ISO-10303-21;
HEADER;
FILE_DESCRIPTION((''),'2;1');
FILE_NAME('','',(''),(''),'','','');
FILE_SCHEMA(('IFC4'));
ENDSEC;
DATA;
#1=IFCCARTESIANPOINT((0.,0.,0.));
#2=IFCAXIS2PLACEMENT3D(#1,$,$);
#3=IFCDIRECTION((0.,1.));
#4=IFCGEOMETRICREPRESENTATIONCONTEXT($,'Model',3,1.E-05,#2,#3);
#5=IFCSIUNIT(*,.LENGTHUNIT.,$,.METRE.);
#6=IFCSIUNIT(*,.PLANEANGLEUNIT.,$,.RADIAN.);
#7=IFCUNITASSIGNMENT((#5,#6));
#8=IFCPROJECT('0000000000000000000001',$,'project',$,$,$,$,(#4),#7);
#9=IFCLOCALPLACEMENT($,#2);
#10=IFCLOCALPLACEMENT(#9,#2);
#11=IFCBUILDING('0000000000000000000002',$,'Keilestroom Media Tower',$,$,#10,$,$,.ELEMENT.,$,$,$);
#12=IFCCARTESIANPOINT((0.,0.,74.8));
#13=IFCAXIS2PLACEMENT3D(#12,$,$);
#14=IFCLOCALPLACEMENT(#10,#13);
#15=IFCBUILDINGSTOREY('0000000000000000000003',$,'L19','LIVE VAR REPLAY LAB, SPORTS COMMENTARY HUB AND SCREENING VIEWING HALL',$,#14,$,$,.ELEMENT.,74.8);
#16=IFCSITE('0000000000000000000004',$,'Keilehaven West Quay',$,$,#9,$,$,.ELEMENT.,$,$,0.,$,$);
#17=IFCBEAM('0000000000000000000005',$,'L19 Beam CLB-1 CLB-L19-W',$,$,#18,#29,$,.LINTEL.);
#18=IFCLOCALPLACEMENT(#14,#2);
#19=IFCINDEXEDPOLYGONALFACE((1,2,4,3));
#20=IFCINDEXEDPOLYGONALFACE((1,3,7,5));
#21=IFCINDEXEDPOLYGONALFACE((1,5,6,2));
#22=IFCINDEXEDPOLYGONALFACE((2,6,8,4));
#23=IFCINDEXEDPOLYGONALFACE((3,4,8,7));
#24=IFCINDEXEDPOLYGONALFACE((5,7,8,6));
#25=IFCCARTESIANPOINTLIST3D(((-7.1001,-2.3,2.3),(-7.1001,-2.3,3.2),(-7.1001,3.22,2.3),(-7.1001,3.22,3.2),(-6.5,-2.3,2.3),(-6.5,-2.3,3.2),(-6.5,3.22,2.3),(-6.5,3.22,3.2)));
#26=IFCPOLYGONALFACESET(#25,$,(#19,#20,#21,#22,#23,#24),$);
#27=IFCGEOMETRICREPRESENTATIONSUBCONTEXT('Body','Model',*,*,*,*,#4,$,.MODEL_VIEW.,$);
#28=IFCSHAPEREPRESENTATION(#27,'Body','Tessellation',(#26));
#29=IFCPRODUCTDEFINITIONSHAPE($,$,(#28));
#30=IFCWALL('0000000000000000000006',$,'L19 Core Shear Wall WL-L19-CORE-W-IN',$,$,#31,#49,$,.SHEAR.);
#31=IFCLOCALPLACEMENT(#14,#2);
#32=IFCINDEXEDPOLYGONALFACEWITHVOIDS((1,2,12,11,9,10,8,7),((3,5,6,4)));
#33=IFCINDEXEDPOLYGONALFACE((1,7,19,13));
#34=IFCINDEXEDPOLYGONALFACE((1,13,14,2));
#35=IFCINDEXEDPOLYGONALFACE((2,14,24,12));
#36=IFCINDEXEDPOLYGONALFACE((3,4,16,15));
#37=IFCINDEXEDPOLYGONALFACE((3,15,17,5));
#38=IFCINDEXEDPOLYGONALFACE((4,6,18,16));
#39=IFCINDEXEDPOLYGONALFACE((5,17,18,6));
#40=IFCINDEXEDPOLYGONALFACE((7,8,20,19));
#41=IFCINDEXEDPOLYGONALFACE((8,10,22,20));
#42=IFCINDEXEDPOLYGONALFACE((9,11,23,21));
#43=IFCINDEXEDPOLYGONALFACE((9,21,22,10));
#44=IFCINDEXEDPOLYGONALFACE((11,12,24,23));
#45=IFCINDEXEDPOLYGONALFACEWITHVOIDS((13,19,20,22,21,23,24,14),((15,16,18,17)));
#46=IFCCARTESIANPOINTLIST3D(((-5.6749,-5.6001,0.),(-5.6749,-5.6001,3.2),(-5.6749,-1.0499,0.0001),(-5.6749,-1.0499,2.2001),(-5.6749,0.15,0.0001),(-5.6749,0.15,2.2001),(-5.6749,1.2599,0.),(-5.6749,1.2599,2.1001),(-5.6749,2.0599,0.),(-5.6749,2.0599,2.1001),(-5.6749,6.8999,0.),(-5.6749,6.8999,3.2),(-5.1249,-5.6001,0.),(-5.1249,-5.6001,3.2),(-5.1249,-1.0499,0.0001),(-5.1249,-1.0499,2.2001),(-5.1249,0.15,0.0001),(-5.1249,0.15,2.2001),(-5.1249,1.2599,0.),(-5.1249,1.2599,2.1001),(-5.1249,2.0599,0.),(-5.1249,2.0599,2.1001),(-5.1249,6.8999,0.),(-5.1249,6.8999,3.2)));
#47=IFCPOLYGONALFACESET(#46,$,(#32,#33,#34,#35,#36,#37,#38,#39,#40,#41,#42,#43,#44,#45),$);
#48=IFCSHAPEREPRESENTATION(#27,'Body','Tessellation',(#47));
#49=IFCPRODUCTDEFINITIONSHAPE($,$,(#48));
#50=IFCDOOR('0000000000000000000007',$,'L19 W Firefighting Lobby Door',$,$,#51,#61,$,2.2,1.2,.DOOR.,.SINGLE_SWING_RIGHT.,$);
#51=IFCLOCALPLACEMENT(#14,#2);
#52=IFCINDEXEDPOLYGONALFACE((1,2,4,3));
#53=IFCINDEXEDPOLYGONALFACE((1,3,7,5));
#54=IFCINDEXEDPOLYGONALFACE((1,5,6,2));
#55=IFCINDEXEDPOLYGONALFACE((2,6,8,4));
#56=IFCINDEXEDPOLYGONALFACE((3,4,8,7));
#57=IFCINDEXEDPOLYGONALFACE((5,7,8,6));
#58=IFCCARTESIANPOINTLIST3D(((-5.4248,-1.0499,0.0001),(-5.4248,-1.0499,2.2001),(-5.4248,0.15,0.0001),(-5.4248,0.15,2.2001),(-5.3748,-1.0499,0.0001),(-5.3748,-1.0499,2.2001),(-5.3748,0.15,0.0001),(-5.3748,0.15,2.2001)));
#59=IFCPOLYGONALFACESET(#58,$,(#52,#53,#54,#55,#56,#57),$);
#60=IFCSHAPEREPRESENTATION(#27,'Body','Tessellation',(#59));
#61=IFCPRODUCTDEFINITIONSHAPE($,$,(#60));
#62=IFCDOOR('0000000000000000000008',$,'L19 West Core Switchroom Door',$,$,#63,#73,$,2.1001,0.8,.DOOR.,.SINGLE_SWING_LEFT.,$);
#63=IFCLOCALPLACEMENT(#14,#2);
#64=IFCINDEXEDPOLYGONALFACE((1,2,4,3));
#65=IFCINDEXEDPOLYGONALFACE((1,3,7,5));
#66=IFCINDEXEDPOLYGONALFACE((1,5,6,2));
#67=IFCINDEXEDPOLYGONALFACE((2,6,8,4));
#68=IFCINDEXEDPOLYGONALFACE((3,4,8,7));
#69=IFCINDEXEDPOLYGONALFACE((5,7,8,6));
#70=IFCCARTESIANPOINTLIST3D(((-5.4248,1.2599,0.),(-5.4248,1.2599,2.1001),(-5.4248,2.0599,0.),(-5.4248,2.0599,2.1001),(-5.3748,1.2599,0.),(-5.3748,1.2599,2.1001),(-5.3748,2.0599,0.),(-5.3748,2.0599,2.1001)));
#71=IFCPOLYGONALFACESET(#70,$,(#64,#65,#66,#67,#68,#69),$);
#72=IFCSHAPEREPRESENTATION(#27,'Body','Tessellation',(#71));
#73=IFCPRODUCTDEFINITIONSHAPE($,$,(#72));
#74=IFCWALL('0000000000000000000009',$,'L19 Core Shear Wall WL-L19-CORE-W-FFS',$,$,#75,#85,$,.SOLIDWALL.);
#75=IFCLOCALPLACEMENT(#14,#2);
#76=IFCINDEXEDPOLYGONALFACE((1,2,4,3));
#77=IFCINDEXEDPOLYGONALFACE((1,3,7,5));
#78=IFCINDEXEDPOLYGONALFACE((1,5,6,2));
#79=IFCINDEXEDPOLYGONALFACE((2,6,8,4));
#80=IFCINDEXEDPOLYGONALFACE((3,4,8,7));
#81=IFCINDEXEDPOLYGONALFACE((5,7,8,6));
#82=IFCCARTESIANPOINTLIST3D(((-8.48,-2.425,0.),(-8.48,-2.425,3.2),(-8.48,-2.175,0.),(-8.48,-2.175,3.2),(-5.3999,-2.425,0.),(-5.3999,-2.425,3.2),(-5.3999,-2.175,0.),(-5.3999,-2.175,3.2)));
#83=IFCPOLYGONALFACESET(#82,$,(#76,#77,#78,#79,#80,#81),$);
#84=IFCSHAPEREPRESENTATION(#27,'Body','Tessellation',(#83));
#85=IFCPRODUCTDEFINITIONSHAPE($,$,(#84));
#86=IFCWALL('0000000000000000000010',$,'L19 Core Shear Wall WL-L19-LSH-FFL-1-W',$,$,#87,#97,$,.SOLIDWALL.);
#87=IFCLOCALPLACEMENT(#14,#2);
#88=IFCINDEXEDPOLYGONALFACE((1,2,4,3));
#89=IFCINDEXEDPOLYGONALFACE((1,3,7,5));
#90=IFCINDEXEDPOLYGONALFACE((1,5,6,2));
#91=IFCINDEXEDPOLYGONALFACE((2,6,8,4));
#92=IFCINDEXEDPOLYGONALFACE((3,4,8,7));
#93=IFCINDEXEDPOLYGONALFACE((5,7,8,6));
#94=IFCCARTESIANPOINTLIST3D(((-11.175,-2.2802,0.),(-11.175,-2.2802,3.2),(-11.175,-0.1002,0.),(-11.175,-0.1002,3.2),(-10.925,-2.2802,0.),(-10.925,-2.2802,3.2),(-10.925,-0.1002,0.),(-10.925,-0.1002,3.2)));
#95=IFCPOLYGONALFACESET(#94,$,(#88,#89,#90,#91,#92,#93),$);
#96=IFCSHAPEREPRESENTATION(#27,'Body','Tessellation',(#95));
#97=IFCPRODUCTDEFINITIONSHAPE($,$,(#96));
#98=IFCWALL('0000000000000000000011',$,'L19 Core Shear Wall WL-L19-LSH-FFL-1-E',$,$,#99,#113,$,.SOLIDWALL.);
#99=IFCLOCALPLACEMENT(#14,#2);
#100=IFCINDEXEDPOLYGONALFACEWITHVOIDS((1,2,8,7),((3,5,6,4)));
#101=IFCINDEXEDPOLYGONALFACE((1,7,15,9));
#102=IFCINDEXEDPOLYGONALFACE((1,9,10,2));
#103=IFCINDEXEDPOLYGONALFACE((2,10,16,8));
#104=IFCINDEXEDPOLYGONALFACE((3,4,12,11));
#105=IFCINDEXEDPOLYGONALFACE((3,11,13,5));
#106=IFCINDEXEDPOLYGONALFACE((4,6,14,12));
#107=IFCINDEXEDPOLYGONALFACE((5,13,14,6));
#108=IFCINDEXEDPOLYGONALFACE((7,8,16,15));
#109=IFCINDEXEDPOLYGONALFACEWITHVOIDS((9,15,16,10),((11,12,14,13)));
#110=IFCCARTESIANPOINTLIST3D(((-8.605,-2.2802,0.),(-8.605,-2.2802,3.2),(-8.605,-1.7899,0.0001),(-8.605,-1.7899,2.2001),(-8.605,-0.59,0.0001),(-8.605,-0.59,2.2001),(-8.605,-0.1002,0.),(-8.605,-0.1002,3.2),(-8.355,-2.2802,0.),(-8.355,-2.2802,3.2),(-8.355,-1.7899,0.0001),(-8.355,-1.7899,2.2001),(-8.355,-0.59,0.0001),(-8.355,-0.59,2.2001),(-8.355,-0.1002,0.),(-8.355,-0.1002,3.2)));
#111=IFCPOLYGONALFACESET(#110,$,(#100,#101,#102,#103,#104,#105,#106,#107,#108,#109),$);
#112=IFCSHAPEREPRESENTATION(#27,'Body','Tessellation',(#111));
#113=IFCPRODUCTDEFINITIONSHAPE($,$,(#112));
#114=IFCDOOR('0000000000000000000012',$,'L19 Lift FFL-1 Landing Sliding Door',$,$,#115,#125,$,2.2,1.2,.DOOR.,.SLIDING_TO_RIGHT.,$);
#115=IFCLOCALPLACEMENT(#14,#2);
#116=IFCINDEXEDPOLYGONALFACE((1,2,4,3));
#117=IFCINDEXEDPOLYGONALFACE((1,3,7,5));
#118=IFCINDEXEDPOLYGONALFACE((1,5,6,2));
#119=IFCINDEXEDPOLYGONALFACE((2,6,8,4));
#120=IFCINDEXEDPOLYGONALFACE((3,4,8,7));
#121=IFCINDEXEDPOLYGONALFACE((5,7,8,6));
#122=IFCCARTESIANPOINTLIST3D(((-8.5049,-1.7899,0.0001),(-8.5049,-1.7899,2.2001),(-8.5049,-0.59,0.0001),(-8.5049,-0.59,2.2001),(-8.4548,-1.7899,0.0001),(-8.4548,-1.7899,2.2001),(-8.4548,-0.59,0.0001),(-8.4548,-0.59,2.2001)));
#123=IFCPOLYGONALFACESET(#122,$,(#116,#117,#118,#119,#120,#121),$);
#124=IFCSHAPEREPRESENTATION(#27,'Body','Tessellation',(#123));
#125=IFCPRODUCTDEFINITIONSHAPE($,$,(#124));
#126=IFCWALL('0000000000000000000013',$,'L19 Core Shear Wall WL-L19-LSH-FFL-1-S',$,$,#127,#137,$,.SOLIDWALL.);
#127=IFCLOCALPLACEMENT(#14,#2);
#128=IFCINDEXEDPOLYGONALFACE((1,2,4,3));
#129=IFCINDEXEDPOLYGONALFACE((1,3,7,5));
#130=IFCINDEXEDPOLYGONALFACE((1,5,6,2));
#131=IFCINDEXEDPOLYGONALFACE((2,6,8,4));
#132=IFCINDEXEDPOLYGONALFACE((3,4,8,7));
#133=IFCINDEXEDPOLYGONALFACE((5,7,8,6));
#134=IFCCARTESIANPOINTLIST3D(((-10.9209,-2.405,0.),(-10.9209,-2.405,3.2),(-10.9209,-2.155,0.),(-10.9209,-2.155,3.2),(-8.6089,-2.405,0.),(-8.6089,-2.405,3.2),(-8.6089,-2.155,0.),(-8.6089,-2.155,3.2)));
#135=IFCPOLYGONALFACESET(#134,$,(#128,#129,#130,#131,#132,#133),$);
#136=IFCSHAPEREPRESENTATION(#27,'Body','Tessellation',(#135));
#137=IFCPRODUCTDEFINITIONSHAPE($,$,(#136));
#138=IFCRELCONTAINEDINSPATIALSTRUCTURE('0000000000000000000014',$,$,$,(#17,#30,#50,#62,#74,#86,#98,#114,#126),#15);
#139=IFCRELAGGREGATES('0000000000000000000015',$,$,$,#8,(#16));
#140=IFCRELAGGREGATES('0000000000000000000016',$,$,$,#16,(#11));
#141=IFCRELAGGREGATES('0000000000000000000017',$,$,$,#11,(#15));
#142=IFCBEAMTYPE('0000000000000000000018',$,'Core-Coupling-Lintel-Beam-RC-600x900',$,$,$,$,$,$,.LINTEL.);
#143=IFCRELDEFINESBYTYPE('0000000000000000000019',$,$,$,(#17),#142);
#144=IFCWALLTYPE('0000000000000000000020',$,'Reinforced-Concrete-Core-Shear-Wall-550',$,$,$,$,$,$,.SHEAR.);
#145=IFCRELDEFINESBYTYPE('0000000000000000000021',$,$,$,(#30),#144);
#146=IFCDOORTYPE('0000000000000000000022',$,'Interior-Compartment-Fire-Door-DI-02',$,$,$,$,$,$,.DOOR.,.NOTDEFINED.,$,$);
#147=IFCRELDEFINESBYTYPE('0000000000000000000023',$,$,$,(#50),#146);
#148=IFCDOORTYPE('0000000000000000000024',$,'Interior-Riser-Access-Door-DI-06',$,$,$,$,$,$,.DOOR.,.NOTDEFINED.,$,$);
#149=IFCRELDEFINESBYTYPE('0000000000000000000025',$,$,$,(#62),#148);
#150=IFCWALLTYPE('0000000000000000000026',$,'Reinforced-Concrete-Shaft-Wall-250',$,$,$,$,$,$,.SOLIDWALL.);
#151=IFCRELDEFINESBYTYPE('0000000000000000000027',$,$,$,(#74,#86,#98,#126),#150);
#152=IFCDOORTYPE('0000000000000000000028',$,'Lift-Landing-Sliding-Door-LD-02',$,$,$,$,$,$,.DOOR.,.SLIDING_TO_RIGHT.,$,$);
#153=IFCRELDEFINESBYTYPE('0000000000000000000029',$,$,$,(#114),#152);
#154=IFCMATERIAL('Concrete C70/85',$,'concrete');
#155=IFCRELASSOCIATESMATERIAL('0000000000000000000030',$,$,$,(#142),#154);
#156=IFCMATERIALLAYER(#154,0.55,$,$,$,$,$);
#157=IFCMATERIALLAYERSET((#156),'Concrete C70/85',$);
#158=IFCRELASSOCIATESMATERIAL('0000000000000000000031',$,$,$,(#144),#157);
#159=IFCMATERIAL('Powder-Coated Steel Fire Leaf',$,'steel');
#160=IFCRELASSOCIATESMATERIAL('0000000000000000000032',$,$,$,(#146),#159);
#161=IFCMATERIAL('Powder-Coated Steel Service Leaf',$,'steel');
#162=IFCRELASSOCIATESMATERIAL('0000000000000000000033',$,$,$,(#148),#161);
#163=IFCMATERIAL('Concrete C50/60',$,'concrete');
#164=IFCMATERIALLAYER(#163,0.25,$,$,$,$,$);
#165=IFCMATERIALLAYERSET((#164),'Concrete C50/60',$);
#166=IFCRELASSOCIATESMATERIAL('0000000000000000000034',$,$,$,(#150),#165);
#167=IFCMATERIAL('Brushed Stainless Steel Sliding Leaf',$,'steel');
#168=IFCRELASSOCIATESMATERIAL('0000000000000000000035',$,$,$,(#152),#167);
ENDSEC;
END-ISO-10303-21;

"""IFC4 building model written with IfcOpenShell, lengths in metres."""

from ifc_helpers import new_model, si_unit, direction, frame, frame_2d, origin, origin_2d, place, context, subcontext, project, spatial, rectangle, extrude, source, transform, mapped, material, layer, layer_set, material_profile, profile_set, type_object, element, fill, save


model = new_model("IFC4")

# Units and contexts
model_context = context("Model", 3, precision=1e-05, world=origin(), true_north=direction((0.0, 1.0)))
body_context = subcontext(model_context, "Body", "Model", "MODEL_VIEW")
ifc_project = project(units=[si_unit("LENGTHUNIT", "METRE"), si_unit("PLANEANGLEUNIT", "RADIAN")], contexts=[model_context])

# Site, building, storey
site_placement = place(None, origin())
site = spatial("IfcSite", under=ifc_project, at=site_placement, Name="Keilehaven West Quay", CompositionType="ELEMENT", RefElevation=0.0)
building_placement = place(site_placement, origin())
building = spatial("IfcBuilding", under=site, at=building_placement, Name="Keilestroom Media Tower", CompositionType="ELEMENT")
storey_placement = place(building_placement, frame((0.0, 0.0, 74.8)))
storey = spatial("IfcBuildingStorey", under=building, at=storey_placement, Name="L19", Description="LIVE VAR REPLAY LAB, SPORTS COMMENTARY HUB AND SCREENING VIEWING HALL", CompositionType="ELEMENT", Elevation=74.8)

# Beam
ifc_material_1 = material(Name="Concrete C70/85", Category="concrete")
ifc_material_profile = material_profile(ifc_material_1, rectangle(XDim=0.6001, YDim=0.8999, at=origin_2d()), Name="RC 600x900")
ifc_profile_set = profile_set([ifc_material_profile], Name="Concrete C70/85")
beam_type = type_object("IfcBeamType", Name="Core-Coupling-Lintel-Beam-RC-600x900", PredefinedType="LINTEL", material=ifc_profile_set)
shared_shape_1 = source(origin(), body_context, "Body", "SweptSolid", [
    extrude(rectangle(XDim=0.6001, YDim=0.8999, at=origin_2d()), origin(), (0.0, 0.0, 1.0), 5.52),
])
beam_placement = place(storey_placement, frame((-6.8, -2.3, 2.75), z_axis=(0.0, 1.0, 0.0), x_axis=(-1.0, 0.0, 0.0)))
element("IfcBeam", 1, at=beam_placement, inside=storey, type_object=beam_type, Name="L19 Beam CLB-1 CLB-L19-W", PredefinedType="LINTEL", context=body_context, shape_type="MappedRepresentation", body=[
    mapped(shared_shape_1, transform((0.0, 0.0, 0.0), x_axis=(1.0, 0.0, 0.0), y_axis=(0.0, 1.0, 0.0), z_axis=(0.0, 0.0, 1.0), scale=1.0)),
])

# Wall, openings, doors
ifc_layer_1 = layer(ifc_material_1, 0.55)
ifc_layer_set_1 = layer_set([ifc_layer_1], Name="Concrete C70/85")
wall_type_1 = type_object("IfcWallType", Name="Reinforced-Concrete-Core-Shear-Wall-550", PredefinedType="SHEAR", material=ifc_layer_set_1)
wall_1_placement = place(storey_placement, frame((-5.3999, -5.6001, 0.0), z_axis=(0.0, 0.0, 1.0), x_axis=(0.0, 1.0, 0.0)))
wall_1 = element("IfcWall", 2, at=wall_1_placement, inside=storey, type_object=wall_type_1, Name="L19 Core Shear Wall WL-L19-CORE-W-IN", PredefinedType="SHEAR", context=body_context, shape_type="SweptSolid", body=[
    extrude(rectangle(XDim=12.5, YDim=0.55, at=frame_2d((6.25, 0.0))), origin(), (0.0, 0.0, 1.0), 3.2),
])
opening_1_placement = place(wall_1_placement, frame((4.55, 0.0, 0.0)))
opening_1 = element("IfcOpeningElement", 3, at=opening_1_placement, cuts=wall_1, PredefinedType="OPENING", context=body_context, shape_type="SweptSolid", body=[
    extrude(rectangle(XDim=1.2, YDim=2.2, at=frame_2d((0.6001, 1.1001))), frame((0.0, 0.2852, 0.0), z_axis=(0.0, -1.0, 0.0), x_axis=(1.0, 0.0, 0.0)), (0.0, 0.0, 1.0), 0.5701),
])
opening_2_placement = place(wall_1_placement, frame((6.8601, 0.0, 0.0)))
opening_2 = element("IfcOpeningElement", 4, at=opening_2_placement, cuts=wall_1, PredefinedType="OPENING", context=body_context, shape_type="SweptSolid", body=[
    extrude(rectangle(XDim=0.8, YDim=2.1001, at=frame_2d((0.3999, 1.05))), frame((0.0, 0.2852, 0.0), z_axis=(0.0, -1.0, 0.0), x_axis=(1.0, 0.0, 0.0)), (0.0, 0.0, 1.0), 0.5701),
])
ifc_material_2 = material(Name="Powder-Coated Steel Fire Leaf", Category="steel")
door_type_1 = type_object("IfcDoorType", Name="Interior-Compartment-Fire-Door-DI-02", OperationType="NOTDEFINED", PredefinedType="DOOR", material=ifc_material_2)
shared_shape_2 = source(origin(), body_context, "Body", "SweptSolid", [
    extrude(rectangle(XDim=1.2, YDim=2.2, at=frame_2d((0.6001, 1.1001))), frame((0.0, 0.0249, 0.0), z_axis=(0.0, -1.0, 0.0), x_axis=(1.0, 0.0, 0.0)), (0.0, 0.0, 1.0), 0.05),
])
door_1_placement = place(opening_1_placement, origin())
door_1 = element("IfcDoor", 5, at=door_1_placement, inside=storey, type_object=door_type_1, Name="L19 W Firefighting Lobby Door", OperationType="SINGLE_SWING_RIGHT", OverallHeight=2.2, OverallWidth=1.2, PredefinedType="DOOR", context=body_context, shape_type="MappedRepresentation", body=[
    mapped(shared_shape_2, transform((0.0, 0.0, 0.0), x_axis=(1.0, 0.0, 0.0), y_axis=(0.0, 1.0, 0.0), z_axis=(0.0, 0.0, 1.0), scale=1.0)),
])
fill(opening_1, door_1)
ifc_material_3 = material(Name="Powder-Coated Steel Service Leaf", Category="steel")
door_type_2 = type_object("IfcDoorType", Name="Interior-Riser-Access-Door-DI-06", OperationType="NOTDEFINED", PredefinedType="DOOR", material=ifc_material_3)
shared_shape_3 = source(origin(), body_context, "Body", "SweptSolid", [
    extrude(rectangle(XDim=0.8, YDim=2.1001, at=frame_2d((0.3999, 1.05))), frame((0.0, 0.0249, 0.0), z_axis=(0.0, -1.0, 0.0), x_axis=(1.0, 0.0, 0.0)), (0.0, 0.0, 1.0), 0.05),
])
door_2_placement = place(opening_2_placement, origin())
door_2 = element("IfcDoor", 6, at=door_2_placement, inside=storey, type_object=door_type_2, Name="L19 West Core Switchroom Door", OperationType="SINGLE_SWING_LEFT", OverallHeight=2.1001, OverallWidth=0.8, PredefinedType="DOOR", context=body_context, shape_type="MappedRepresentation", body=[
    mapped(shared_shape_3, transform((0.0, 0.0, 0.0), x_axis=(1.0, 0.0, 0.0), y_axis=(0.0, 1.0, 0.0), z_axis=(0.0, 0.0, 1.0), scale=1.0)),
])
fill(opening_2, door_2)

# Walls
ifc_material_4 = material(Name="Concrete C50/60", Category="concrete")
ifc_layer_2 = layer(ifc_material_4, 0.25)
ifc_layer_set_2 = layer_set([ifc_layer_2], Name="Concrete C50/60")
wall_type_2 = type_object("IfcWallType", Name="Reinforced-Concrete-Shaft-Wall-250", PredefinedType="SOLIDWALL", material=ifc_layer_set_2)
wall_2_placement = place(storey_placement, frame((-8.48, -2.3, 0.0), z_axis=(0.0, 0.0, 1.0), x_axis=(1.0, 0.0, 0.0)))
element("IfcWall", 7, at=wall_2_placement, inside=storey, type_object=wall_type_2, Name="L19 Core Shear Wall WL-L19-CORE-W-FFS", PredefinedType="SOLIDWALL", context=body_context, shape_type="SweptSolid", body=[
    extrude(rectangle(XDim=3.0801, YDim=0.25, at=frame_2d((1.54, 0.0))), origin(), (0.0, 0.0, 1.0), 3.2),
])
wall_3_placement = place(storey_placement, frame((-11.05, -2.28, 0.0), z_axis=(0.0, 0.0, 1.0), x_axis=(0.0, 1.0, 0.0)))
element("IfcWall", 8, at=wall_3_placement, inside=storey, type_object=wall_type_2, Name="L19 Core Shear Wall WL-L19-LSH-FFL-1-W", PredefinedType="SOLIDWALL", context=body_context, shape_type="SweptSolid", body=[
    extrude(rectangle(XDim=2.1799, YDim=0.25, at=frame_2d((1.0898, 0.0))), origin(), (0.0, 0.0, 1.0), 3.2),
])

# Wall, opening, door
wall_4_placement = place(storey_placement, frame((-8.48, -2.28, 0.0), z_axis=(0.0, 0.0, 1.0), x_axis=(0.0, 1.0, 0.0)))
wall_4 = element("IfcWall", 9, at=wall_4_placement, inside=storey, type_object=wall_type_2, Name="L19 Core Shear Wall WL-L19-LSH-FFL-1-E", PredefinedType="SOLIDWALL", context=body_context, shape_type="SweptSolid", body=[
    extrude(rectangle(XDim=2.1799, YDim=0.25, at=frame_2d((1.0898, 0.0))), origin(), (0.0, 0.0, 1.0), 3.2),
])
opening_3_placement = place(wall_4_placement, frame((0.49, 0.0, 0.0)))
opening_3 = element("IfcOpeningElement", 10, at=opening_3_placement, cuts=wall_4, PredefinedType="OPENING", context=body_context, shape_type="SweptSolid", body=[
    extrude(rectangle(XDim=1.2, YDim=2.2, at=frame_2d((0.6001, 1.1001))), frame((0.0, 0.135, 0.0), z_axis=(0.0, -1.0, 0.0), x_axis=(1.0, 0.0, 0.0)), (0.0, 0.0, 1.0), 0.27),
])
ifc_material_5 = material(Name="Brushed Stainless Steel Sliding Leaf", Category="steel")
door_type_3 = type_object("IfcDoorType", Name="Lift-Landing-Sliding-Door-LD-02", OperationType="SLIDING_TO_RIGHT", PredefinedType="DOOR", material=ifc_material_5)
door_3_placement = place(opening_3_placement, origin())
door_3 = element("IfcDoor", 11, at=door_3_placement, inside=storey, type_object=door_type_3, Name="L19 Lift FFL-1 Landing Sliding Door", OperationType="SLIDING_TO_RIGHT", OverallHeight=2.2, OverallWidth=1.2, PredefinedType="DOOR", context=body_context, shape_type="MappedRepresentation", body=[
    mapped(shared_shape_2, transform((0.0, 0.0, 0.0), x_axis=(1.0, 0.0, 0.0), y_axis=(0.0, 1.0, 0.0), z_axis=(0.0, 0.0, 1.0), scale=1.0)),
])
fill(opening_3, door_3)

# Wall
wall_5_placement = place(storey_placement, frame((-10.9209, -2.28, 0.0), z_axis=(0.0, 0.0, 1.0), x_axis=(1.0, 0.0, 0.0)))
element("IfcWall", 12, at=wall_5_placement, inside=storey, type_object=wall_type_2, Name="L19 Core Shear Wall WL-L19-LSH-FFL-1-S", PredefinedType="SOLIDWALL", context=body_context, shape_type="SweptSolid", body=[
    extrude(rectangle(XDim=2.312, YDim=0.25, at=frame_2d((1.156, 0.0))), origin(), (0.0, 0.0, 1.0), 3.2),
])

save(model, "model.ifc")
